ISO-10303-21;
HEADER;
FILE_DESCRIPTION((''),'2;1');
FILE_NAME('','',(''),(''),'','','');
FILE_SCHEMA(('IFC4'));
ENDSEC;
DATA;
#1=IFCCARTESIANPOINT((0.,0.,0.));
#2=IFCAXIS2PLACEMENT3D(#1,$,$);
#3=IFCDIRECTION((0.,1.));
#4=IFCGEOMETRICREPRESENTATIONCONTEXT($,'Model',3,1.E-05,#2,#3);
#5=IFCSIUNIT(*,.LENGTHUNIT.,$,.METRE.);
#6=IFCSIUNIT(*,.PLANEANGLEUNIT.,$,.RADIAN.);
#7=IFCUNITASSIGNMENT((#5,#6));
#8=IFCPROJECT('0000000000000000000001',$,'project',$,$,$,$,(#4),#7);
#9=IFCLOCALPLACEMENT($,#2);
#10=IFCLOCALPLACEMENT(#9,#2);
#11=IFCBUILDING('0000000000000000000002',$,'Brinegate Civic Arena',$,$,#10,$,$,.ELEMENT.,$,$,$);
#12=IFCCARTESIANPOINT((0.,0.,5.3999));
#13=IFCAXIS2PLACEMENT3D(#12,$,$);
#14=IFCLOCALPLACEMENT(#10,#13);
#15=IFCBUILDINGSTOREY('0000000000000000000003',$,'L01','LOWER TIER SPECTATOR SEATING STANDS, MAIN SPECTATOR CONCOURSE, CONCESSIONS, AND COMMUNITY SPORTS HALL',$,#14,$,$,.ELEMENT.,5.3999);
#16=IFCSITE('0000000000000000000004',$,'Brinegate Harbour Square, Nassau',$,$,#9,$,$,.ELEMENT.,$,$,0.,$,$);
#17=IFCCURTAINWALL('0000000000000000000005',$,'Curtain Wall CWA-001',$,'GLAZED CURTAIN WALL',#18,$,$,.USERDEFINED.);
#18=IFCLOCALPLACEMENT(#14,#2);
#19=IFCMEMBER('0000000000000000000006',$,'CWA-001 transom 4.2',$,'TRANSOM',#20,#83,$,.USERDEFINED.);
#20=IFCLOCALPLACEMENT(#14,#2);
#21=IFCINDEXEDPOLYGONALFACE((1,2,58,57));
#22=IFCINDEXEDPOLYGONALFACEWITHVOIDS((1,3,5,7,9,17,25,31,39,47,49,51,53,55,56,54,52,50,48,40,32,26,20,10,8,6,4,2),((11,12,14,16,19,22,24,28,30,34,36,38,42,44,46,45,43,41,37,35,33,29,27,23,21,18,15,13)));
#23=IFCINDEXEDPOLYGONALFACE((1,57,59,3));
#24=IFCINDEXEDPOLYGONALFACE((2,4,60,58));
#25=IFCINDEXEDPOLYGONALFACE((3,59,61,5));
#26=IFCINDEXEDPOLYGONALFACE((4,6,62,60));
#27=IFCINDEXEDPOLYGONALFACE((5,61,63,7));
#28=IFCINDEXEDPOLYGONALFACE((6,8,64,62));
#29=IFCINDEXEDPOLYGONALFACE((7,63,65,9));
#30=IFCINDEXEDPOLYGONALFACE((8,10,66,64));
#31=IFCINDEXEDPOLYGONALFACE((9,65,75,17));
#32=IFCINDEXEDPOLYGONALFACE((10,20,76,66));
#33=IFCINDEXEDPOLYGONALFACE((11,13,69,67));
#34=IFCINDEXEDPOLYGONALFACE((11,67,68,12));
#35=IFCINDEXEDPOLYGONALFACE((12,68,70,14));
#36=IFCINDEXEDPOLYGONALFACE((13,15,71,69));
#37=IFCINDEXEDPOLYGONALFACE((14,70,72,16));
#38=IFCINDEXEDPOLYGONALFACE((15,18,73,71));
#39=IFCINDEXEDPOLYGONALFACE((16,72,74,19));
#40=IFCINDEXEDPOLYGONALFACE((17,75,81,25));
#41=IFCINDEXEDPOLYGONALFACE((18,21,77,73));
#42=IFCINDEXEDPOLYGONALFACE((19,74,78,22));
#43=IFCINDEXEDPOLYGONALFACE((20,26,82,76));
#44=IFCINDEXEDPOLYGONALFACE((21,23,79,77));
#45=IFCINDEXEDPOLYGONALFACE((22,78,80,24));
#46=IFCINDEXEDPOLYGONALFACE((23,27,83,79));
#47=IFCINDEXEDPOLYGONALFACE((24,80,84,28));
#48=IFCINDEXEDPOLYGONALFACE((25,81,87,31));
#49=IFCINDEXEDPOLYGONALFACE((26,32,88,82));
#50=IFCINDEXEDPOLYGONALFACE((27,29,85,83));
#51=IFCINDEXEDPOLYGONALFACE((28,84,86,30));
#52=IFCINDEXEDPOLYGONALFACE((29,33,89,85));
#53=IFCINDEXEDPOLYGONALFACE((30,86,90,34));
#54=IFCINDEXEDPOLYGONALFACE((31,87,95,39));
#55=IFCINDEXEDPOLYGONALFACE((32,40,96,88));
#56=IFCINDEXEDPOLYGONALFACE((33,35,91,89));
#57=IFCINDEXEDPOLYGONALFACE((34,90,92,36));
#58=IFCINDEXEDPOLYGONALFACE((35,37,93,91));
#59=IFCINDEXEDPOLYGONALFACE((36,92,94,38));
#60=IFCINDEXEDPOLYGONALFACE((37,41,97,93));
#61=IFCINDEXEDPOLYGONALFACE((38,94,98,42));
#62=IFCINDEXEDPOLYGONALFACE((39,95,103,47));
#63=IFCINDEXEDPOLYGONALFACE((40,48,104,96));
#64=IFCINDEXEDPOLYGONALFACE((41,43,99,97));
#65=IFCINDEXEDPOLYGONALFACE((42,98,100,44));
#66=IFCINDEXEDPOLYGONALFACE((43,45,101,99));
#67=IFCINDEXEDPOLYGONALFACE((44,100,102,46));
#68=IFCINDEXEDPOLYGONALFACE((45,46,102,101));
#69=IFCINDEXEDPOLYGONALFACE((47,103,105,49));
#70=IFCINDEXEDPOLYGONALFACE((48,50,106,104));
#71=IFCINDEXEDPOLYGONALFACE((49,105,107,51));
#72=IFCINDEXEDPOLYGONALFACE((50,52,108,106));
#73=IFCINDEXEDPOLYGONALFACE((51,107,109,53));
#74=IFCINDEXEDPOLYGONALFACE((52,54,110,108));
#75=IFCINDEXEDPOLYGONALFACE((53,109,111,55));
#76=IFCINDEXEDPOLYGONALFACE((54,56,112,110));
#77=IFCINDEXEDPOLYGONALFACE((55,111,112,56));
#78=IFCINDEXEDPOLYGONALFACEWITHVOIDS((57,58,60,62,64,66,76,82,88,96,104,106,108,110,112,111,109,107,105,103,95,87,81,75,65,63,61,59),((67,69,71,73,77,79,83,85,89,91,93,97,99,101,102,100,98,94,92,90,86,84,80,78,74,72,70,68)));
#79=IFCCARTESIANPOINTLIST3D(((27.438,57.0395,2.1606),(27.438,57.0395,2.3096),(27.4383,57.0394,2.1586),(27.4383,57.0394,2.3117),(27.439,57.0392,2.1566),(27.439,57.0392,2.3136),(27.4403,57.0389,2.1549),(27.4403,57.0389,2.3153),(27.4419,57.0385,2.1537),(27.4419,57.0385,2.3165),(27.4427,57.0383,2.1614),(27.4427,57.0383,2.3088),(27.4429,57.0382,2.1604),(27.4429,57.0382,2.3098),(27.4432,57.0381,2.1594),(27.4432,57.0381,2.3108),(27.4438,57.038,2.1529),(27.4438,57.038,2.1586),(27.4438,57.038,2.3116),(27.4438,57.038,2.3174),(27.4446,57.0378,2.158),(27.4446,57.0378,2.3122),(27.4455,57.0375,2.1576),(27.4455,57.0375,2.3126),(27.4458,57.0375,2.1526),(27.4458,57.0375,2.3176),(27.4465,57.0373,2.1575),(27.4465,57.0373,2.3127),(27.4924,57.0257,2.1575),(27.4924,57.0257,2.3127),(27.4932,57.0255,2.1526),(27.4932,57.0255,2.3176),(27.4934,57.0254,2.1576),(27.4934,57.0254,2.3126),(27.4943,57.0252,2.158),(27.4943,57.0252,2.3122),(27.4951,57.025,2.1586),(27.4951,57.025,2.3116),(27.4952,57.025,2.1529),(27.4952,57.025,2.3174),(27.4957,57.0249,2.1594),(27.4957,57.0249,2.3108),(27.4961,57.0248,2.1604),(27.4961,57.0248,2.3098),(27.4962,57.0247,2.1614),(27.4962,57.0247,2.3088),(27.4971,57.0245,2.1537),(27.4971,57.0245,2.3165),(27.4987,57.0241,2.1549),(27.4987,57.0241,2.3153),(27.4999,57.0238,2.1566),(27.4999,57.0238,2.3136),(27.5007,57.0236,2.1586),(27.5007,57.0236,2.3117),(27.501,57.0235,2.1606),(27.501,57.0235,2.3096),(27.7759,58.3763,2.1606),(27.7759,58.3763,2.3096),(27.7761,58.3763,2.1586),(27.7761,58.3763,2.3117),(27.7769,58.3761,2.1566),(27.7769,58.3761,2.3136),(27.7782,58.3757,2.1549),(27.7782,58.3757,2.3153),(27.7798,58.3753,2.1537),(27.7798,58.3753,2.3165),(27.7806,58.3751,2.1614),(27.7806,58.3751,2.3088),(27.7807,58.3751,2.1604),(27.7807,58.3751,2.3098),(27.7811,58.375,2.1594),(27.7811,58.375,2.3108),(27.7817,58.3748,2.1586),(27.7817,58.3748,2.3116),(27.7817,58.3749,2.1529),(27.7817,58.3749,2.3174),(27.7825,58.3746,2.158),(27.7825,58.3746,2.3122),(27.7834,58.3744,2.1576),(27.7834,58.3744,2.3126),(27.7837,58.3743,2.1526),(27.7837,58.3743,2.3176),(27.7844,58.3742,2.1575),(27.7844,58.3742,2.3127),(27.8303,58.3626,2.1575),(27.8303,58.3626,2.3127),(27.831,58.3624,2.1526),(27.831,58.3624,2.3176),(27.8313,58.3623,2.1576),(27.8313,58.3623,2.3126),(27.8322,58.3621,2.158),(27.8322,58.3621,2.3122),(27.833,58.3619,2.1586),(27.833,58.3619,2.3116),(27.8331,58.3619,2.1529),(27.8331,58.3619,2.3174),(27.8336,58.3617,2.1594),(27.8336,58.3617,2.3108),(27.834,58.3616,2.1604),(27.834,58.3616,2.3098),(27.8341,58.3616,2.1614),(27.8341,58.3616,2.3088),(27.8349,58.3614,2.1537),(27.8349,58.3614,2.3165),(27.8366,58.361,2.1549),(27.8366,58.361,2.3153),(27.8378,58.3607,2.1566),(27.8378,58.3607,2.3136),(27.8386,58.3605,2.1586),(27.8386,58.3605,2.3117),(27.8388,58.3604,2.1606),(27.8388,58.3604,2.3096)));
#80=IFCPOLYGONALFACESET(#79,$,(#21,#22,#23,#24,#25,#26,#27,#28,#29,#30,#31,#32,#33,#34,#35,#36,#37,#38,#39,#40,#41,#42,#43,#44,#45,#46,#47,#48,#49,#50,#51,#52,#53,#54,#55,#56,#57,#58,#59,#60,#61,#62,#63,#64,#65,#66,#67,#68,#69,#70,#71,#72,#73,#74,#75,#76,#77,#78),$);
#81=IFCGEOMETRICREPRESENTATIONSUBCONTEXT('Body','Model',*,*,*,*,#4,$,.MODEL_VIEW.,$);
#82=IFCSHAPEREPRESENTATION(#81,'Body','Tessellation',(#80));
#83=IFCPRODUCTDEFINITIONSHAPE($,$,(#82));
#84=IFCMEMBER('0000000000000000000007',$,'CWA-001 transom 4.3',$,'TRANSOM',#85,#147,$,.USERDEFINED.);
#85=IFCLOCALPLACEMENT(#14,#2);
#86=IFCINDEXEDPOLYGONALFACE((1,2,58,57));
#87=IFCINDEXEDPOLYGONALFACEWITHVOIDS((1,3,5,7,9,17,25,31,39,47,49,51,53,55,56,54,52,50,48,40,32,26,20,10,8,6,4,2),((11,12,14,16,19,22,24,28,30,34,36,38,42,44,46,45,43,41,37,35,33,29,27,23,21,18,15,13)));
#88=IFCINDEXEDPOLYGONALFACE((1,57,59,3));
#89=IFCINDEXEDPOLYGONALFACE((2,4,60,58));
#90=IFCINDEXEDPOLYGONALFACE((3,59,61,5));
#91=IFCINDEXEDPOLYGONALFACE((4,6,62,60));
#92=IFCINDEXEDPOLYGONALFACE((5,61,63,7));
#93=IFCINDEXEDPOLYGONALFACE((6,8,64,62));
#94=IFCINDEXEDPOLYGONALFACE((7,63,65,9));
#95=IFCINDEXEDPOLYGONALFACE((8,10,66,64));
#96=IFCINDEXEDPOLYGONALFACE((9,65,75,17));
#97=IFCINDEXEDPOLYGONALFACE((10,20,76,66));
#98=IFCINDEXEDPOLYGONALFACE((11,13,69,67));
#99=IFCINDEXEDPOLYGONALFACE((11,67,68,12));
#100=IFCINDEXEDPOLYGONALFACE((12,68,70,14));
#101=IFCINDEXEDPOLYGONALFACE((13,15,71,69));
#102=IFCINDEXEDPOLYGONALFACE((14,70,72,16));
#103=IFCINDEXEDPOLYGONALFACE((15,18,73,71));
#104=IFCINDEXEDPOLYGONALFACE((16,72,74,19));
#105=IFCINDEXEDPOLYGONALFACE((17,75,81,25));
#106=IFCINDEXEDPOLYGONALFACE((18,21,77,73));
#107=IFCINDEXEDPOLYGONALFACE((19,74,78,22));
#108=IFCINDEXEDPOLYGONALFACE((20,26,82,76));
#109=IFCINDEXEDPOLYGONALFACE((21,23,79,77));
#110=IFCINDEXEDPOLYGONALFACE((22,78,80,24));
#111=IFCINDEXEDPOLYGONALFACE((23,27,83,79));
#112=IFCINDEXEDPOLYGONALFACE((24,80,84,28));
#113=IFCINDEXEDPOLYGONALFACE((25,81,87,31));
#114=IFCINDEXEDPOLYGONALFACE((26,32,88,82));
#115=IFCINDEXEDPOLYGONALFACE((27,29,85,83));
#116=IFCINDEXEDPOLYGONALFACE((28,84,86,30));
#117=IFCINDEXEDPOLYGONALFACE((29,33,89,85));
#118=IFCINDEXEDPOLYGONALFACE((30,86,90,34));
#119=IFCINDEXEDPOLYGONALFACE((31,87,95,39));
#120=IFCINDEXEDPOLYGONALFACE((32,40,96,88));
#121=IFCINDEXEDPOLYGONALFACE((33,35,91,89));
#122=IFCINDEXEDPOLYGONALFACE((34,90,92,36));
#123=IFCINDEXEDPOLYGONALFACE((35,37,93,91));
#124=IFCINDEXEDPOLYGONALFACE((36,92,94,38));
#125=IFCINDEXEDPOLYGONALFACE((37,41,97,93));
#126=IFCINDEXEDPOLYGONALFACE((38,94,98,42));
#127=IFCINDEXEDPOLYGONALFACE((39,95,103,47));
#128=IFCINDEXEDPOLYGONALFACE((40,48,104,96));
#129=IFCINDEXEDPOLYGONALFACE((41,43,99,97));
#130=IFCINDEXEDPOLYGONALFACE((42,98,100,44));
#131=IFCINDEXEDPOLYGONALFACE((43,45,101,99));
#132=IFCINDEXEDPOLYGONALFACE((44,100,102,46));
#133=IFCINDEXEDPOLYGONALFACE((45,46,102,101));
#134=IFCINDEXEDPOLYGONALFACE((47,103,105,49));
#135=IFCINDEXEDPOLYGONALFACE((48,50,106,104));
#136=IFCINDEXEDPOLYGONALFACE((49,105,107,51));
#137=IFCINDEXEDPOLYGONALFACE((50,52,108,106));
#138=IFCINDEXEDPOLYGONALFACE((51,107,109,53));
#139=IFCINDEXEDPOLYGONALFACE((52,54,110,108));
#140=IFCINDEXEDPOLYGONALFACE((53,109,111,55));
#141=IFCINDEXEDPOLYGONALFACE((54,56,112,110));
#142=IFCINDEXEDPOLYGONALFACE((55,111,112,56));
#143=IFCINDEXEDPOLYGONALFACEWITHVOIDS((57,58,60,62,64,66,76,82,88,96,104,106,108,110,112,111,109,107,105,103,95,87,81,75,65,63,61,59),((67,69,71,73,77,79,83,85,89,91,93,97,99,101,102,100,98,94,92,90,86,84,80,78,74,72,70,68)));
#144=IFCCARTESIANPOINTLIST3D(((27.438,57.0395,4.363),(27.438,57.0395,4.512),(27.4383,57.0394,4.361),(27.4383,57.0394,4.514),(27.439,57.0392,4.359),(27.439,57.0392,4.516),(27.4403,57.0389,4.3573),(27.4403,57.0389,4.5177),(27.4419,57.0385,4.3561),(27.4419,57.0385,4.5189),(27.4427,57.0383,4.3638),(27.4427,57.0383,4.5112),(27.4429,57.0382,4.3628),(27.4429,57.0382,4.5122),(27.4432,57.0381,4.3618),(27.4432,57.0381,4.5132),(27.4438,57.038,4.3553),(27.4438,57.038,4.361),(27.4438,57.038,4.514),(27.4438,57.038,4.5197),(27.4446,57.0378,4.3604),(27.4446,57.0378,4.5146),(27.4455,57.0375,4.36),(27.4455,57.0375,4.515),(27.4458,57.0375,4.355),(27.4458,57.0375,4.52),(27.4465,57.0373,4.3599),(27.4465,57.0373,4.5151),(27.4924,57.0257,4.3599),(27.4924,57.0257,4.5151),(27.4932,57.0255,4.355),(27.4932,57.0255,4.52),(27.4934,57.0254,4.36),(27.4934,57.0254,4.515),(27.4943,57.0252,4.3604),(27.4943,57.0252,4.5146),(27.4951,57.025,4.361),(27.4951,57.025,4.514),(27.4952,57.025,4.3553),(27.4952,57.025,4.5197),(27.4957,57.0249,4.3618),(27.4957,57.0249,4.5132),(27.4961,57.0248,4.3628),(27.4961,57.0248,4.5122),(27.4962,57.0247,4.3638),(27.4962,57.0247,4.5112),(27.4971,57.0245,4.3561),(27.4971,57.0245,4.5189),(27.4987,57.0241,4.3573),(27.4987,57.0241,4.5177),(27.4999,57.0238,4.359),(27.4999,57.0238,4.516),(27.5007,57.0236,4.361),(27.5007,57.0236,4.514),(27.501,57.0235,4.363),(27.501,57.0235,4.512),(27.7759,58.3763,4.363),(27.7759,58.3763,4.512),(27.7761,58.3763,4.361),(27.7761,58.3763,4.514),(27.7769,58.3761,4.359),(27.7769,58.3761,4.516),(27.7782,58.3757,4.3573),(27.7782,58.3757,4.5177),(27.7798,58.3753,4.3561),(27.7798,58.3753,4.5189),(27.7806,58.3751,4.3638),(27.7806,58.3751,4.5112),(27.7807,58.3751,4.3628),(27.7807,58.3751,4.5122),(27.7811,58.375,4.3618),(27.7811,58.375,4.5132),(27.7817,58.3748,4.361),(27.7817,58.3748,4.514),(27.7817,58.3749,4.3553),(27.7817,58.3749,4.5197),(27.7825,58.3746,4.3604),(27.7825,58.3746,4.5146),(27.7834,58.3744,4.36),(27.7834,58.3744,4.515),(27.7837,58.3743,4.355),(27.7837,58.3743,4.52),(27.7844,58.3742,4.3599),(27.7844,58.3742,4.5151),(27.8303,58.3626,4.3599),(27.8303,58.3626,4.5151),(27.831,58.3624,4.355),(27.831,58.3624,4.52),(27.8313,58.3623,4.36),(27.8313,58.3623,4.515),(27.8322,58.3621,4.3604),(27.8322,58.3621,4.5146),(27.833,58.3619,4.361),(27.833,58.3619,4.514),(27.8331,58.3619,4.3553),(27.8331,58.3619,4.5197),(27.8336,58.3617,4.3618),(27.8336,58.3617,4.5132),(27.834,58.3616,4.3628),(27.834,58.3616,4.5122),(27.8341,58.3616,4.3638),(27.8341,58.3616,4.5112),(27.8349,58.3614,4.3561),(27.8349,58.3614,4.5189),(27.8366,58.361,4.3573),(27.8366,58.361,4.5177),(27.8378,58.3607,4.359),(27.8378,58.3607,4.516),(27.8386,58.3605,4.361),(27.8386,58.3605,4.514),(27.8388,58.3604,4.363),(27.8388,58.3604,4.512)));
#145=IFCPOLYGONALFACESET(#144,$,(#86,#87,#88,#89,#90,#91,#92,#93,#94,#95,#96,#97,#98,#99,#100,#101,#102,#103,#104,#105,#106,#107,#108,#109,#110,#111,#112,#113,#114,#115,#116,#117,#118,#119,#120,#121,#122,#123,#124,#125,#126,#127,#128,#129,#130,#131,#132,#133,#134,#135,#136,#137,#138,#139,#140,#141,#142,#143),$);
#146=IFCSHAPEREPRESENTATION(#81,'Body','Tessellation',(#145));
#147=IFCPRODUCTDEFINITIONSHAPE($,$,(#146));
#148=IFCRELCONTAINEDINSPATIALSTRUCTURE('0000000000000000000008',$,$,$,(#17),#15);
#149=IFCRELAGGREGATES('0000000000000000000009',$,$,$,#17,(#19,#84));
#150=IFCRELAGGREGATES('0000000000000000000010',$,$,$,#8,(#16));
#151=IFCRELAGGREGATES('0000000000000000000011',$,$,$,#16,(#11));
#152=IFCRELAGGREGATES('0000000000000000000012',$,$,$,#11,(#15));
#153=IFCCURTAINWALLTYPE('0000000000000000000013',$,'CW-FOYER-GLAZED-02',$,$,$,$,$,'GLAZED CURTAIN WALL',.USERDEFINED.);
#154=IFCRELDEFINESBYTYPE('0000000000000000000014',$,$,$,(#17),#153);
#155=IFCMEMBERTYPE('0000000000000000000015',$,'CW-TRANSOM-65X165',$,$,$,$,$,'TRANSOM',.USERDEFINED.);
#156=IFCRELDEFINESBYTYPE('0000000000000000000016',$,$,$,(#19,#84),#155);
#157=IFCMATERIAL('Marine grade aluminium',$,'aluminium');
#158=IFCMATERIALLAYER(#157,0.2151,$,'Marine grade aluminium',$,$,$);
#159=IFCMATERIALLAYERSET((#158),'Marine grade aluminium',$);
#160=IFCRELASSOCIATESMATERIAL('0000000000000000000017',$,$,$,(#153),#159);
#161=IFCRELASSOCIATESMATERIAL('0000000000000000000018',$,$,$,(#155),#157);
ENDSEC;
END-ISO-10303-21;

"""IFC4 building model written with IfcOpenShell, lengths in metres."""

from ifc_helpers import new_model, si_unit, direction, frame, origin, origin_2d, place, context, subcontext, project, spatial, hollow_rectangle, extrude, material, layer, layer_set, material_profile, profile_set, type_object, element, aggregate, save


model = new_model("IFC4")

# Units and contexts
model_context = context("Model", 3, precision=1e-05, world=origin(), true_north=direction((0.0, 1.0)))
body_context = subcontext(model_context, "Body", "Model", "MODEL_VIEW")
ifc_project = project(units=[si_unit("LENGTHUNIT", "METRE"), si_unit("PLANEANGLEUNIT", "RADIAN")], contexts=[model_context])

# Site, building, storey
site_placement = place(None, origin())
site = spatial("IfcSite", under=ifc_project, at=site_placement, Name="Brinegate Harbour Square, Nassau", CompositionType="ELEMENT", RefElevation=0.0)
building_placement = place(site_placement, origin())
building = spatial("IfcBuilding", under=site, at=building_placement, Name="Brinegate Civic Arena", CompositionType="ELEMENT")
storey_placement = place(building_placement, frame((0.0, 0.0, 5.3999)))
storey = spatial("IfcBuildingStorey", under=building, at=storey_placement, Name="L01", Description="LOWER TIER SPECTATOR SEATING STANDS, MAIN SPECTATOR CONCOURSE, CONCESSIONS, AND COMMUNITY SPORTS HALL", CompositionType="ELEMENT", Elevation=5.3999)

# Curtain wall, members
ifc_material_1 = material(Name="Marine grade aluminium", Category="aluminium")
ifc_layer_1 = layer(ifc_material_1, 0.2151, Name="Marine grade aluminium")
ifc_layer_set_1 = layer_set([ifc_layer_1], Name="Marine grade aluminium")
curtain_wall_type = type_object("IfcCurtainWallType", Name="CW-FOYER-GLAZED-02", ElementType="GLAZED CURTAIN WALL", PredefinedType="USERDEFINED", material=ifc_layer_set_1)
curtain_wall_placement = place(storey_placement, origin())
curtain_wall = element("IfcCurtainWall", 1, at=curtain_wall_placement, inside=storey, type_object=curtain_wall_type, Name="Curtain Wall CWA-001", ObjectType="GLAZED CURTAIN WALL", PredefinedType="USERDEFINED")
ifc_material_profile_1 = material_profile(ifc_material_1, hollow_rectangle(XDim=0.0649, YDim=0.165, WallThickness=0.0049, InnerFilletRadius=0.0039, OuterFilletRadius=0.0081, at=origin_2d()), Name="TRN65X165")
ifc_profile_set_1 = profile_set([ifc_material_profile_1], Name="Marine grade aluminium")
member_type_1 = type_object("IfcMemberType", Name="CW-TRANSOM-65X165", ElementType="TRANSOM", PredefinedType="USERDEFINED", material=ifc_profile_set_1)
member_1_placement = place(storey_placement, frame((27.4695, 57.0315, 2.2351), z_axis=(0.245034, 0.969514, 0.0), x_axis=(-0.969514, 0.245034, 0.0)))
member_1 = element("IfcMember", 2, at=member_1_placement, type_object=member_type_1, Name="CWA-001 transom 4.2", ObjectType="TRANSOM", PredefinedType="USERDEFINED", context=body_context, shape_type="SweptSolid", body=[
    extrude(hollow_rectangle(XDim=0.0649, YDim=0.165, WallThickness=0.0049, InnerFilletRadius=0.0039, OuterFilletRadius=0.0081, at=origin_2d()), origin(), (0.0, 0.0, 1.0), 1.3789),
])
member_2_placement = place(storey_placement, frame((27.4695, 57.0315, 4.4375), z_axis=(0.245034, 0.969514, 0.0), x_axis=(-0.969514, 0.245034, 0.0)))
member_2 = element("IfcMember", 3, at=member_2_placement, type_object=member_type_1, Name="CWA-001 transom 4.3", ObjectType="TRANSOM", PredefinedType="USERDEFINED", context=body_context, shape_type="SweptSolid", body=[
    extrude(hollow_rectangle(XDim=0.0649, YDim=0.165, WallThickness=0.0049, InnerFilletRadius=0.0039, OuterFilletRadius=0.0081, at=origin_2d()), origin(), (0.0, 0.0, 1.0), 1.3789),
])
aggregate(curtain_wall, [member_1, member_2])

save(model, "model.ifc")
